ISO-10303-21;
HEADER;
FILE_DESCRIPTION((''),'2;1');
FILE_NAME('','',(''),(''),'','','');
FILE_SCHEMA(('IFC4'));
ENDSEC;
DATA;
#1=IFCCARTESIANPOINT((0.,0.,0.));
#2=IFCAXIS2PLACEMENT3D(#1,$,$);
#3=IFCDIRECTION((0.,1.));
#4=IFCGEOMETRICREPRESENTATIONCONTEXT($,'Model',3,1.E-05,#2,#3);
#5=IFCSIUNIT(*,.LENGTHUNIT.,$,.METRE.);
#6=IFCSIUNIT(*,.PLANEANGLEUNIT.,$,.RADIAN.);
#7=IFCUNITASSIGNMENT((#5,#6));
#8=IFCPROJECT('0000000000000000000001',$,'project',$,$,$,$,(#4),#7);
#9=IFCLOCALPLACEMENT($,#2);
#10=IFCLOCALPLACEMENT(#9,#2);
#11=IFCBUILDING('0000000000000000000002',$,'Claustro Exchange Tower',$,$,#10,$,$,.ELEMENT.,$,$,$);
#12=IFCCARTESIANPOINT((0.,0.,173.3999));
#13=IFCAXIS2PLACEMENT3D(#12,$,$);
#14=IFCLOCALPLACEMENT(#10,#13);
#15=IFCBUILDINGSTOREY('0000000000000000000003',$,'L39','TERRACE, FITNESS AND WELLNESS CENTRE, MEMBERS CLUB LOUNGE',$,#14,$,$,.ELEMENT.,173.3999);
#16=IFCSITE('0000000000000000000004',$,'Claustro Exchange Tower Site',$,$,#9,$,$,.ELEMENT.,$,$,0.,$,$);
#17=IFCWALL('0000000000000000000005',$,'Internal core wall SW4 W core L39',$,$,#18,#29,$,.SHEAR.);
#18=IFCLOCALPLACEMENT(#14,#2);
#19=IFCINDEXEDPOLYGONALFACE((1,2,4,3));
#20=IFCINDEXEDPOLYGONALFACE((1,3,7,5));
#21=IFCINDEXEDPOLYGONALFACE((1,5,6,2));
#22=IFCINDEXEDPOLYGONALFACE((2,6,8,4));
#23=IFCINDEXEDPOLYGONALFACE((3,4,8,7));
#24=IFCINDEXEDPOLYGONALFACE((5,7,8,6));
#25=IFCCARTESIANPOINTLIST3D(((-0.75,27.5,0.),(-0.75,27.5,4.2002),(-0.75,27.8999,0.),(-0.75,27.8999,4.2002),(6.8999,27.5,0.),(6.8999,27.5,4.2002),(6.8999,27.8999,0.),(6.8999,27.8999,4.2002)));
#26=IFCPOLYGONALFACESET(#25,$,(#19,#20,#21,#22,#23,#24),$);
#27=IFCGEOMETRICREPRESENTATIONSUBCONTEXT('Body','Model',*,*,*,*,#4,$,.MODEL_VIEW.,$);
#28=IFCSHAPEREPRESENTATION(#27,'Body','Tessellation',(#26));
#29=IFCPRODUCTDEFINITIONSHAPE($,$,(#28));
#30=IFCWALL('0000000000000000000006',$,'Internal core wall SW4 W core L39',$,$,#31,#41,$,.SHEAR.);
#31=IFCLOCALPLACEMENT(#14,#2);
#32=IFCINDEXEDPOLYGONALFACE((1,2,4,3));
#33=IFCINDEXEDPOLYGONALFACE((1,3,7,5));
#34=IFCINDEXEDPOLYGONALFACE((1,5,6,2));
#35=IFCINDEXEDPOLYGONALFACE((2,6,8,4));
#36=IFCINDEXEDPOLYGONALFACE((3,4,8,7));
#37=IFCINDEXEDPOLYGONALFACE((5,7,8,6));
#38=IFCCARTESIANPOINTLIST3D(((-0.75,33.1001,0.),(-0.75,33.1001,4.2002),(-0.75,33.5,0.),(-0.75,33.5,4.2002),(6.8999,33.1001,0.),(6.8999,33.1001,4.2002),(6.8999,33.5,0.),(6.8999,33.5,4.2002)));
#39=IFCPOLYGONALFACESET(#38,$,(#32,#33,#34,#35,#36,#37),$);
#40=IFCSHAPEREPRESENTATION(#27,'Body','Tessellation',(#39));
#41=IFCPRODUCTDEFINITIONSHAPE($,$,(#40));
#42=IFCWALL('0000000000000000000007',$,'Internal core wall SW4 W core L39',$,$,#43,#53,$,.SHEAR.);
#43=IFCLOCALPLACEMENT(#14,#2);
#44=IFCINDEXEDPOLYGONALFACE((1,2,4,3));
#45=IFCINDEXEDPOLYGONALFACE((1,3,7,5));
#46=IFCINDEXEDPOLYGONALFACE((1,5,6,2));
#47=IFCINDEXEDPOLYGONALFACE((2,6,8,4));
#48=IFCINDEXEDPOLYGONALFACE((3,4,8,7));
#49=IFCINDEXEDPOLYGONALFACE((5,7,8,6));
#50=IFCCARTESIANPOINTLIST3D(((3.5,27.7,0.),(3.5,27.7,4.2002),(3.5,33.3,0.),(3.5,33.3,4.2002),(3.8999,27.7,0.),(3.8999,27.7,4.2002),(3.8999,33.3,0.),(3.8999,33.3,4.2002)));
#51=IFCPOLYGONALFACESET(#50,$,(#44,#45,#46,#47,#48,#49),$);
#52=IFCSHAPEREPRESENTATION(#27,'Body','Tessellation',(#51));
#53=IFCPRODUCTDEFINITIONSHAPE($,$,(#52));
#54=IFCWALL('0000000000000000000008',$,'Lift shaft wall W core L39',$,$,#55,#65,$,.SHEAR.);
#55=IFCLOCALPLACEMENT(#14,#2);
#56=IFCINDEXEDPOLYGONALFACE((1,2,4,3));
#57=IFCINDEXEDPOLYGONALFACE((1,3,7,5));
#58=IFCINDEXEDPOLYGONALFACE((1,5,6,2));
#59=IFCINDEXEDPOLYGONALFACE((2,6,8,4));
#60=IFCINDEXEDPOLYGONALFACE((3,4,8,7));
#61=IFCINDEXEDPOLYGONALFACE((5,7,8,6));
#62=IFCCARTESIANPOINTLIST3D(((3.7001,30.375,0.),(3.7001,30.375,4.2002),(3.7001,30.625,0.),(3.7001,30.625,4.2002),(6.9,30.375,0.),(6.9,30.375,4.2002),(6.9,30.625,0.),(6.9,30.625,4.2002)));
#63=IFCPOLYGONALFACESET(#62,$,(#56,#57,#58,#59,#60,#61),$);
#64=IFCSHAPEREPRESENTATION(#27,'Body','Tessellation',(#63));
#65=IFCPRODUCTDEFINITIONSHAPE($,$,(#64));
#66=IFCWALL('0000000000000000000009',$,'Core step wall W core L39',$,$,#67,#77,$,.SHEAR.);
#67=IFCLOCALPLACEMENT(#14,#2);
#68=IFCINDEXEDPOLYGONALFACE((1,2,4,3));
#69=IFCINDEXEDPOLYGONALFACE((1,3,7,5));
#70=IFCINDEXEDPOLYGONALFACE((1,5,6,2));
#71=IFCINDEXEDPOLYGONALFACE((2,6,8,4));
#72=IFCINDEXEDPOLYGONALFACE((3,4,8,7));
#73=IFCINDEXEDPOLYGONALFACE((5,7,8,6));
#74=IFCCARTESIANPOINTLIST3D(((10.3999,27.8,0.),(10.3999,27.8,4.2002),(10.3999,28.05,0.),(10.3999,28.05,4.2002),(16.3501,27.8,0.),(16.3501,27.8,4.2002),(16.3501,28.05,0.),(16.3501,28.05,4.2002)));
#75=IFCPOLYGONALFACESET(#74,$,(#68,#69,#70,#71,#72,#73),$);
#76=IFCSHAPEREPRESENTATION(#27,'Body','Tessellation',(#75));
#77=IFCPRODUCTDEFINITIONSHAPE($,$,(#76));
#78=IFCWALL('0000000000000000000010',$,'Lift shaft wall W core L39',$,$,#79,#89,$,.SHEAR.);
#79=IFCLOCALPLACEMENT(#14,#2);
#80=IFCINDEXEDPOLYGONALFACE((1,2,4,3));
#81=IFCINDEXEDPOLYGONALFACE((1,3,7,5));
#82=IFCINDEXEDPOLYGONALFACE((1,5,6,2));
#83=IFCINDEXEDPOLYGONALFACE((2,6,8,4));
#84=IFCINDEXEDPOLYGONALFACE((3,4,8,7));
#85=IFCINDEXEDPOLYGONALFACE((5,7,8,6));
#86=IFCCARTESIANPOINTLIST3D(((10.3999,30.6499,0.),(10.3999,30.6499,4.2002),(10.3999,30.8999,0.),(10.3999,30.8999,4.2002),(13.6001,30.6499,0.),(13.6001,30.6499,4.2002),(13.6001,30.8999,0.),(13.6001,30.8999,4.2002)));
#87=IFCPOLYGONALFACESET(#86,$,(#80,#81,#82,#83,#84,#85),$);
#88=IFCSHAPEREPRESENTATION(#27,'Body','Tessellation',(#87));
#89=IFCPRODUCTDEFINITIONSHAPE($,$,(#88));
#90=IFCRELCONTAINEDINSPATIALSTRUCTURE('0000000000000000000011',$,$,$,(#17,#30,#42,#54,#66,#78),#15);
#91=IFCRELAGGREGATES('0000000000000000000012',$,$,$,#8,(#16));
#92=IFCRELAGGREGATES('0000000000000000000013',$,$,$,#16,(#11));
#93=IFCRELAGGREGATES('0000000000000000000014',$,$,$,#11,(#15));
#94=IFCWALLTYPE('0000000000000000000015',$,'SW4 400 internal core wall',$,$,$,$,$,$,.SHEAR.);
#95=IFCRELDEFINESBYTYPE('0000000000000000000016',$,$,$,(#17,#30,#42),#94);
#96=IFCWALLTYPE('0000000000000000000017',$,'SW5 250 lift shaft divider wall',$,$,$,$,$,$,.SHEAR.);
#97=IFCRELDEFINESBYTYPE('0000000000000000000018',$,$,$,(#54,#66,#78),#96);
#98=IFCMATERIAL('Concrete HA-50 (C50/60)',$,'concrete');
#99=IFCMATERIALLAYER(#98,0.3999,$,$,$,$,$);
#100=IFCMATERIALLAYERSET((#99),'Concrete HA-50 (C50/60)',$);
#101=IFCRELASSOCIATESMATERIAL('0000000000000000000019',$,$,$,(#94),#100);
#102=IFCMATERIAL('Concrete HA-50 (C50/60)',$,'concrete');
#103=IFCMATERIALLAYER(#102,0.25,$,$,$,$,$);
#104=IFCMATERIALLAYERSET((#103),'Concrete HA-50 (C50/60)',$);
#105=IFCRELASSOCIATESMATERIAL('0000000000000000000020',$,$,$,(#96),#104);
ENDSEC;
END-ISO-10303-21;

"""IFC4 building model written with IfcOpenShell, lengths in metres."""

from ifc_helpers import new_model, si_unit, direction, frame, frame_2d, origin, place, context, subcontext, project, spatial, rectangle, extrude, material, layer, layer_set, type_object, element, save


model = new_model("IFC4")

# Units and contexts
model_context = context("Model", 3, precision=1e-05, world=origin(), true_north=direction((0.0, 1.0)))
body_context = subcontext(model_context, "Body", "Model", "MODEL_VIEW")
ifc_project = project(units=[si_unit("LENGTHUNIT", "METRE"), si_unit("PLANEANGLEUNIT", "RADIAN")], contexts=[model_context])

# Site, building, storey
site_placement = place(None, origin())
site = spatial("IfcSite", under=ifc_project, at=site_placement, Name="Claustro Exchange Tower Site", CompositionType="ELEMENT", RefElevation=0.0)
building_placement = place(site_placement, origin())
building = spatial("IfcBuilding", under=site, at=building_placement, Name="Claustro Exchange Tower", CompositionType="ELEMENT")
storey_placement = place(building_placement, frame((0.0, 0.0, 173.3999)))
storey = spatial("IfcBuildingStorey", under=building, at=storey_placement, Name="L39", Description="TERRACE, FITNESS AND WELLNESS CENTRE, MEMBERS CLUB LOUNGE", CompositionType="ELEMENT", Elevation=173.3999)

# Walls
ifc_material_1 = material(Name="Concrete HA-50 (C50/60)", Category="concrete")
ifc_layer_1 = layer(ifc_material_1, 0.3999)
ifc_layer_set_1 = layer_set([ifc_layer_1], Name="Concrete HA-50 (C50/60)")
wall_type_1 = type_object("IfcWallType", Name="SW4 400 internal core wall", PredefinedType="SHEAR", material=ifc_layer_set_1)
for number, where, z_axis, x_axis, name in (
    (1, (-0.75, 27.7, 0.0), (0.0, 0.0, 1.0), (1.0, 0.0, 0.0), "Internal core wall SW4 W core L39"),
    (2, (-0.75, 33.3, 0.0), (0.0, 0.0, 1.0), (1.0, 0.0, 0.0), "Internal core wall SW4 W core L39"),
):
    element("IfcWall", number, at=place(storey_placement, frame(where, z_axis=z_axis, x_axis=x_axis)), inside=storey, type_object=wall_type_1, Name=name, PredefinedType="SHEAR", context=body_context, shape_type="SweptSolid", body=[
        extrude(rectangle(XDim=7.6499, YDim=0.3999, at=frame_2d((3.825, 0.0))), origin(), (0.0, 0.0, 1.0), 4.2002),
    ])
wall_1_placement = place(storey_placement, frame((3.7, 27.7, 0.0), z_axis=(0.0, 0.0, 1.0), x_axis=(0.0, 1.0, 0.0)))
element("IfcWall", 3, at=wall_1_placement, inside=storey, type_object=wall_type_1, Name="Internal core wall SW4 W core L39", PredefinedType="SHEAR", context=body_context, shape_type="SweptSolid", body=[
    extrude(rectangle(XDim=5.6001, YDim=0.3999, at=frame_2d((2.8, 0.0))), origin(), (0.0, 0.0, 1.0), 4.2002),
])
ifc_material_2 = material(Name="Concrete HA-50 (C50/60)", Category="concrete")
ifc_layer_2 = layer(ifc_material_2, 0.25)
ifc_layer_set_2 = layer_set([ifc_layer_2], Name="Concrete HA-50 (C50/60)")
wall_type_2 = type_object("IfcWallType", Name="SW5 250 lift shaft divider wall", PredefinedType="SHEAR", material=ifc_layer_set_2)
wall_2_placement = place(storey_placement, frame((3.7, 30.5, 0.0), z_axis=(0.0, 0.0, 1.0), x_axis=(1.0, 0.0, 0.0)))
element("IfcWall", 4, at=wall_2_placement, inside=storey, type_object=wall_type_2, Name="Lift shaft wall W core L39", PredefinedType="SHEAR", context=body_context, shape_type="SweptSolid", body=[
    extrude(rectangle(XDim=3.2, YDim=0.25, at=frame_2d((1.6001, 0.0))), origin(), (0.0, 0.0, 1.0), 4.2002),
])
wall_3_placement = place(storey_placement, frame((10.3999, 27.925, 0.0), z_axis=(0.0, 0.0, 1.0), x_axis=(1.0, 0.0, 0.0)))
element("IfcWall", 5, at=wall_3_placement, inside=storey, type_object=wall_type_2, Name="Core step wall W core L39", PredefinedType="SHEAR", context=body_context, shape_type="SweptSolid", body=[
    extrude(rectangle(XDim=5.9502, YDim=0.25, at=frame_2d((2.9751, 0.0))), origin(), (0.0, 0.0, 1.0), 4.2002),
])
wall_4_placement = place(storey_placement, frame((10.3999, 30.7749, 0.0), z_axis=(0.0, 0.0, 1.0), x_axis=(1.0, 0.0, 0.0)))
element("IfcWall", 6, at=wall_4_placement, inside=storey, type_object=wall_type_2, Name="Lift shaft wall W core L39", PredefinedType="SHEAR", context=body_context, shape_type="SweptSolid", body=[
    extrude(rectangle(XDim=3.2002, YDim=0.25, at=frame_2d((1.6001, 0.0))), origin(), (0.0, 0.0, 1.0), 4.2002),
])

save(model, "model.ifc")
